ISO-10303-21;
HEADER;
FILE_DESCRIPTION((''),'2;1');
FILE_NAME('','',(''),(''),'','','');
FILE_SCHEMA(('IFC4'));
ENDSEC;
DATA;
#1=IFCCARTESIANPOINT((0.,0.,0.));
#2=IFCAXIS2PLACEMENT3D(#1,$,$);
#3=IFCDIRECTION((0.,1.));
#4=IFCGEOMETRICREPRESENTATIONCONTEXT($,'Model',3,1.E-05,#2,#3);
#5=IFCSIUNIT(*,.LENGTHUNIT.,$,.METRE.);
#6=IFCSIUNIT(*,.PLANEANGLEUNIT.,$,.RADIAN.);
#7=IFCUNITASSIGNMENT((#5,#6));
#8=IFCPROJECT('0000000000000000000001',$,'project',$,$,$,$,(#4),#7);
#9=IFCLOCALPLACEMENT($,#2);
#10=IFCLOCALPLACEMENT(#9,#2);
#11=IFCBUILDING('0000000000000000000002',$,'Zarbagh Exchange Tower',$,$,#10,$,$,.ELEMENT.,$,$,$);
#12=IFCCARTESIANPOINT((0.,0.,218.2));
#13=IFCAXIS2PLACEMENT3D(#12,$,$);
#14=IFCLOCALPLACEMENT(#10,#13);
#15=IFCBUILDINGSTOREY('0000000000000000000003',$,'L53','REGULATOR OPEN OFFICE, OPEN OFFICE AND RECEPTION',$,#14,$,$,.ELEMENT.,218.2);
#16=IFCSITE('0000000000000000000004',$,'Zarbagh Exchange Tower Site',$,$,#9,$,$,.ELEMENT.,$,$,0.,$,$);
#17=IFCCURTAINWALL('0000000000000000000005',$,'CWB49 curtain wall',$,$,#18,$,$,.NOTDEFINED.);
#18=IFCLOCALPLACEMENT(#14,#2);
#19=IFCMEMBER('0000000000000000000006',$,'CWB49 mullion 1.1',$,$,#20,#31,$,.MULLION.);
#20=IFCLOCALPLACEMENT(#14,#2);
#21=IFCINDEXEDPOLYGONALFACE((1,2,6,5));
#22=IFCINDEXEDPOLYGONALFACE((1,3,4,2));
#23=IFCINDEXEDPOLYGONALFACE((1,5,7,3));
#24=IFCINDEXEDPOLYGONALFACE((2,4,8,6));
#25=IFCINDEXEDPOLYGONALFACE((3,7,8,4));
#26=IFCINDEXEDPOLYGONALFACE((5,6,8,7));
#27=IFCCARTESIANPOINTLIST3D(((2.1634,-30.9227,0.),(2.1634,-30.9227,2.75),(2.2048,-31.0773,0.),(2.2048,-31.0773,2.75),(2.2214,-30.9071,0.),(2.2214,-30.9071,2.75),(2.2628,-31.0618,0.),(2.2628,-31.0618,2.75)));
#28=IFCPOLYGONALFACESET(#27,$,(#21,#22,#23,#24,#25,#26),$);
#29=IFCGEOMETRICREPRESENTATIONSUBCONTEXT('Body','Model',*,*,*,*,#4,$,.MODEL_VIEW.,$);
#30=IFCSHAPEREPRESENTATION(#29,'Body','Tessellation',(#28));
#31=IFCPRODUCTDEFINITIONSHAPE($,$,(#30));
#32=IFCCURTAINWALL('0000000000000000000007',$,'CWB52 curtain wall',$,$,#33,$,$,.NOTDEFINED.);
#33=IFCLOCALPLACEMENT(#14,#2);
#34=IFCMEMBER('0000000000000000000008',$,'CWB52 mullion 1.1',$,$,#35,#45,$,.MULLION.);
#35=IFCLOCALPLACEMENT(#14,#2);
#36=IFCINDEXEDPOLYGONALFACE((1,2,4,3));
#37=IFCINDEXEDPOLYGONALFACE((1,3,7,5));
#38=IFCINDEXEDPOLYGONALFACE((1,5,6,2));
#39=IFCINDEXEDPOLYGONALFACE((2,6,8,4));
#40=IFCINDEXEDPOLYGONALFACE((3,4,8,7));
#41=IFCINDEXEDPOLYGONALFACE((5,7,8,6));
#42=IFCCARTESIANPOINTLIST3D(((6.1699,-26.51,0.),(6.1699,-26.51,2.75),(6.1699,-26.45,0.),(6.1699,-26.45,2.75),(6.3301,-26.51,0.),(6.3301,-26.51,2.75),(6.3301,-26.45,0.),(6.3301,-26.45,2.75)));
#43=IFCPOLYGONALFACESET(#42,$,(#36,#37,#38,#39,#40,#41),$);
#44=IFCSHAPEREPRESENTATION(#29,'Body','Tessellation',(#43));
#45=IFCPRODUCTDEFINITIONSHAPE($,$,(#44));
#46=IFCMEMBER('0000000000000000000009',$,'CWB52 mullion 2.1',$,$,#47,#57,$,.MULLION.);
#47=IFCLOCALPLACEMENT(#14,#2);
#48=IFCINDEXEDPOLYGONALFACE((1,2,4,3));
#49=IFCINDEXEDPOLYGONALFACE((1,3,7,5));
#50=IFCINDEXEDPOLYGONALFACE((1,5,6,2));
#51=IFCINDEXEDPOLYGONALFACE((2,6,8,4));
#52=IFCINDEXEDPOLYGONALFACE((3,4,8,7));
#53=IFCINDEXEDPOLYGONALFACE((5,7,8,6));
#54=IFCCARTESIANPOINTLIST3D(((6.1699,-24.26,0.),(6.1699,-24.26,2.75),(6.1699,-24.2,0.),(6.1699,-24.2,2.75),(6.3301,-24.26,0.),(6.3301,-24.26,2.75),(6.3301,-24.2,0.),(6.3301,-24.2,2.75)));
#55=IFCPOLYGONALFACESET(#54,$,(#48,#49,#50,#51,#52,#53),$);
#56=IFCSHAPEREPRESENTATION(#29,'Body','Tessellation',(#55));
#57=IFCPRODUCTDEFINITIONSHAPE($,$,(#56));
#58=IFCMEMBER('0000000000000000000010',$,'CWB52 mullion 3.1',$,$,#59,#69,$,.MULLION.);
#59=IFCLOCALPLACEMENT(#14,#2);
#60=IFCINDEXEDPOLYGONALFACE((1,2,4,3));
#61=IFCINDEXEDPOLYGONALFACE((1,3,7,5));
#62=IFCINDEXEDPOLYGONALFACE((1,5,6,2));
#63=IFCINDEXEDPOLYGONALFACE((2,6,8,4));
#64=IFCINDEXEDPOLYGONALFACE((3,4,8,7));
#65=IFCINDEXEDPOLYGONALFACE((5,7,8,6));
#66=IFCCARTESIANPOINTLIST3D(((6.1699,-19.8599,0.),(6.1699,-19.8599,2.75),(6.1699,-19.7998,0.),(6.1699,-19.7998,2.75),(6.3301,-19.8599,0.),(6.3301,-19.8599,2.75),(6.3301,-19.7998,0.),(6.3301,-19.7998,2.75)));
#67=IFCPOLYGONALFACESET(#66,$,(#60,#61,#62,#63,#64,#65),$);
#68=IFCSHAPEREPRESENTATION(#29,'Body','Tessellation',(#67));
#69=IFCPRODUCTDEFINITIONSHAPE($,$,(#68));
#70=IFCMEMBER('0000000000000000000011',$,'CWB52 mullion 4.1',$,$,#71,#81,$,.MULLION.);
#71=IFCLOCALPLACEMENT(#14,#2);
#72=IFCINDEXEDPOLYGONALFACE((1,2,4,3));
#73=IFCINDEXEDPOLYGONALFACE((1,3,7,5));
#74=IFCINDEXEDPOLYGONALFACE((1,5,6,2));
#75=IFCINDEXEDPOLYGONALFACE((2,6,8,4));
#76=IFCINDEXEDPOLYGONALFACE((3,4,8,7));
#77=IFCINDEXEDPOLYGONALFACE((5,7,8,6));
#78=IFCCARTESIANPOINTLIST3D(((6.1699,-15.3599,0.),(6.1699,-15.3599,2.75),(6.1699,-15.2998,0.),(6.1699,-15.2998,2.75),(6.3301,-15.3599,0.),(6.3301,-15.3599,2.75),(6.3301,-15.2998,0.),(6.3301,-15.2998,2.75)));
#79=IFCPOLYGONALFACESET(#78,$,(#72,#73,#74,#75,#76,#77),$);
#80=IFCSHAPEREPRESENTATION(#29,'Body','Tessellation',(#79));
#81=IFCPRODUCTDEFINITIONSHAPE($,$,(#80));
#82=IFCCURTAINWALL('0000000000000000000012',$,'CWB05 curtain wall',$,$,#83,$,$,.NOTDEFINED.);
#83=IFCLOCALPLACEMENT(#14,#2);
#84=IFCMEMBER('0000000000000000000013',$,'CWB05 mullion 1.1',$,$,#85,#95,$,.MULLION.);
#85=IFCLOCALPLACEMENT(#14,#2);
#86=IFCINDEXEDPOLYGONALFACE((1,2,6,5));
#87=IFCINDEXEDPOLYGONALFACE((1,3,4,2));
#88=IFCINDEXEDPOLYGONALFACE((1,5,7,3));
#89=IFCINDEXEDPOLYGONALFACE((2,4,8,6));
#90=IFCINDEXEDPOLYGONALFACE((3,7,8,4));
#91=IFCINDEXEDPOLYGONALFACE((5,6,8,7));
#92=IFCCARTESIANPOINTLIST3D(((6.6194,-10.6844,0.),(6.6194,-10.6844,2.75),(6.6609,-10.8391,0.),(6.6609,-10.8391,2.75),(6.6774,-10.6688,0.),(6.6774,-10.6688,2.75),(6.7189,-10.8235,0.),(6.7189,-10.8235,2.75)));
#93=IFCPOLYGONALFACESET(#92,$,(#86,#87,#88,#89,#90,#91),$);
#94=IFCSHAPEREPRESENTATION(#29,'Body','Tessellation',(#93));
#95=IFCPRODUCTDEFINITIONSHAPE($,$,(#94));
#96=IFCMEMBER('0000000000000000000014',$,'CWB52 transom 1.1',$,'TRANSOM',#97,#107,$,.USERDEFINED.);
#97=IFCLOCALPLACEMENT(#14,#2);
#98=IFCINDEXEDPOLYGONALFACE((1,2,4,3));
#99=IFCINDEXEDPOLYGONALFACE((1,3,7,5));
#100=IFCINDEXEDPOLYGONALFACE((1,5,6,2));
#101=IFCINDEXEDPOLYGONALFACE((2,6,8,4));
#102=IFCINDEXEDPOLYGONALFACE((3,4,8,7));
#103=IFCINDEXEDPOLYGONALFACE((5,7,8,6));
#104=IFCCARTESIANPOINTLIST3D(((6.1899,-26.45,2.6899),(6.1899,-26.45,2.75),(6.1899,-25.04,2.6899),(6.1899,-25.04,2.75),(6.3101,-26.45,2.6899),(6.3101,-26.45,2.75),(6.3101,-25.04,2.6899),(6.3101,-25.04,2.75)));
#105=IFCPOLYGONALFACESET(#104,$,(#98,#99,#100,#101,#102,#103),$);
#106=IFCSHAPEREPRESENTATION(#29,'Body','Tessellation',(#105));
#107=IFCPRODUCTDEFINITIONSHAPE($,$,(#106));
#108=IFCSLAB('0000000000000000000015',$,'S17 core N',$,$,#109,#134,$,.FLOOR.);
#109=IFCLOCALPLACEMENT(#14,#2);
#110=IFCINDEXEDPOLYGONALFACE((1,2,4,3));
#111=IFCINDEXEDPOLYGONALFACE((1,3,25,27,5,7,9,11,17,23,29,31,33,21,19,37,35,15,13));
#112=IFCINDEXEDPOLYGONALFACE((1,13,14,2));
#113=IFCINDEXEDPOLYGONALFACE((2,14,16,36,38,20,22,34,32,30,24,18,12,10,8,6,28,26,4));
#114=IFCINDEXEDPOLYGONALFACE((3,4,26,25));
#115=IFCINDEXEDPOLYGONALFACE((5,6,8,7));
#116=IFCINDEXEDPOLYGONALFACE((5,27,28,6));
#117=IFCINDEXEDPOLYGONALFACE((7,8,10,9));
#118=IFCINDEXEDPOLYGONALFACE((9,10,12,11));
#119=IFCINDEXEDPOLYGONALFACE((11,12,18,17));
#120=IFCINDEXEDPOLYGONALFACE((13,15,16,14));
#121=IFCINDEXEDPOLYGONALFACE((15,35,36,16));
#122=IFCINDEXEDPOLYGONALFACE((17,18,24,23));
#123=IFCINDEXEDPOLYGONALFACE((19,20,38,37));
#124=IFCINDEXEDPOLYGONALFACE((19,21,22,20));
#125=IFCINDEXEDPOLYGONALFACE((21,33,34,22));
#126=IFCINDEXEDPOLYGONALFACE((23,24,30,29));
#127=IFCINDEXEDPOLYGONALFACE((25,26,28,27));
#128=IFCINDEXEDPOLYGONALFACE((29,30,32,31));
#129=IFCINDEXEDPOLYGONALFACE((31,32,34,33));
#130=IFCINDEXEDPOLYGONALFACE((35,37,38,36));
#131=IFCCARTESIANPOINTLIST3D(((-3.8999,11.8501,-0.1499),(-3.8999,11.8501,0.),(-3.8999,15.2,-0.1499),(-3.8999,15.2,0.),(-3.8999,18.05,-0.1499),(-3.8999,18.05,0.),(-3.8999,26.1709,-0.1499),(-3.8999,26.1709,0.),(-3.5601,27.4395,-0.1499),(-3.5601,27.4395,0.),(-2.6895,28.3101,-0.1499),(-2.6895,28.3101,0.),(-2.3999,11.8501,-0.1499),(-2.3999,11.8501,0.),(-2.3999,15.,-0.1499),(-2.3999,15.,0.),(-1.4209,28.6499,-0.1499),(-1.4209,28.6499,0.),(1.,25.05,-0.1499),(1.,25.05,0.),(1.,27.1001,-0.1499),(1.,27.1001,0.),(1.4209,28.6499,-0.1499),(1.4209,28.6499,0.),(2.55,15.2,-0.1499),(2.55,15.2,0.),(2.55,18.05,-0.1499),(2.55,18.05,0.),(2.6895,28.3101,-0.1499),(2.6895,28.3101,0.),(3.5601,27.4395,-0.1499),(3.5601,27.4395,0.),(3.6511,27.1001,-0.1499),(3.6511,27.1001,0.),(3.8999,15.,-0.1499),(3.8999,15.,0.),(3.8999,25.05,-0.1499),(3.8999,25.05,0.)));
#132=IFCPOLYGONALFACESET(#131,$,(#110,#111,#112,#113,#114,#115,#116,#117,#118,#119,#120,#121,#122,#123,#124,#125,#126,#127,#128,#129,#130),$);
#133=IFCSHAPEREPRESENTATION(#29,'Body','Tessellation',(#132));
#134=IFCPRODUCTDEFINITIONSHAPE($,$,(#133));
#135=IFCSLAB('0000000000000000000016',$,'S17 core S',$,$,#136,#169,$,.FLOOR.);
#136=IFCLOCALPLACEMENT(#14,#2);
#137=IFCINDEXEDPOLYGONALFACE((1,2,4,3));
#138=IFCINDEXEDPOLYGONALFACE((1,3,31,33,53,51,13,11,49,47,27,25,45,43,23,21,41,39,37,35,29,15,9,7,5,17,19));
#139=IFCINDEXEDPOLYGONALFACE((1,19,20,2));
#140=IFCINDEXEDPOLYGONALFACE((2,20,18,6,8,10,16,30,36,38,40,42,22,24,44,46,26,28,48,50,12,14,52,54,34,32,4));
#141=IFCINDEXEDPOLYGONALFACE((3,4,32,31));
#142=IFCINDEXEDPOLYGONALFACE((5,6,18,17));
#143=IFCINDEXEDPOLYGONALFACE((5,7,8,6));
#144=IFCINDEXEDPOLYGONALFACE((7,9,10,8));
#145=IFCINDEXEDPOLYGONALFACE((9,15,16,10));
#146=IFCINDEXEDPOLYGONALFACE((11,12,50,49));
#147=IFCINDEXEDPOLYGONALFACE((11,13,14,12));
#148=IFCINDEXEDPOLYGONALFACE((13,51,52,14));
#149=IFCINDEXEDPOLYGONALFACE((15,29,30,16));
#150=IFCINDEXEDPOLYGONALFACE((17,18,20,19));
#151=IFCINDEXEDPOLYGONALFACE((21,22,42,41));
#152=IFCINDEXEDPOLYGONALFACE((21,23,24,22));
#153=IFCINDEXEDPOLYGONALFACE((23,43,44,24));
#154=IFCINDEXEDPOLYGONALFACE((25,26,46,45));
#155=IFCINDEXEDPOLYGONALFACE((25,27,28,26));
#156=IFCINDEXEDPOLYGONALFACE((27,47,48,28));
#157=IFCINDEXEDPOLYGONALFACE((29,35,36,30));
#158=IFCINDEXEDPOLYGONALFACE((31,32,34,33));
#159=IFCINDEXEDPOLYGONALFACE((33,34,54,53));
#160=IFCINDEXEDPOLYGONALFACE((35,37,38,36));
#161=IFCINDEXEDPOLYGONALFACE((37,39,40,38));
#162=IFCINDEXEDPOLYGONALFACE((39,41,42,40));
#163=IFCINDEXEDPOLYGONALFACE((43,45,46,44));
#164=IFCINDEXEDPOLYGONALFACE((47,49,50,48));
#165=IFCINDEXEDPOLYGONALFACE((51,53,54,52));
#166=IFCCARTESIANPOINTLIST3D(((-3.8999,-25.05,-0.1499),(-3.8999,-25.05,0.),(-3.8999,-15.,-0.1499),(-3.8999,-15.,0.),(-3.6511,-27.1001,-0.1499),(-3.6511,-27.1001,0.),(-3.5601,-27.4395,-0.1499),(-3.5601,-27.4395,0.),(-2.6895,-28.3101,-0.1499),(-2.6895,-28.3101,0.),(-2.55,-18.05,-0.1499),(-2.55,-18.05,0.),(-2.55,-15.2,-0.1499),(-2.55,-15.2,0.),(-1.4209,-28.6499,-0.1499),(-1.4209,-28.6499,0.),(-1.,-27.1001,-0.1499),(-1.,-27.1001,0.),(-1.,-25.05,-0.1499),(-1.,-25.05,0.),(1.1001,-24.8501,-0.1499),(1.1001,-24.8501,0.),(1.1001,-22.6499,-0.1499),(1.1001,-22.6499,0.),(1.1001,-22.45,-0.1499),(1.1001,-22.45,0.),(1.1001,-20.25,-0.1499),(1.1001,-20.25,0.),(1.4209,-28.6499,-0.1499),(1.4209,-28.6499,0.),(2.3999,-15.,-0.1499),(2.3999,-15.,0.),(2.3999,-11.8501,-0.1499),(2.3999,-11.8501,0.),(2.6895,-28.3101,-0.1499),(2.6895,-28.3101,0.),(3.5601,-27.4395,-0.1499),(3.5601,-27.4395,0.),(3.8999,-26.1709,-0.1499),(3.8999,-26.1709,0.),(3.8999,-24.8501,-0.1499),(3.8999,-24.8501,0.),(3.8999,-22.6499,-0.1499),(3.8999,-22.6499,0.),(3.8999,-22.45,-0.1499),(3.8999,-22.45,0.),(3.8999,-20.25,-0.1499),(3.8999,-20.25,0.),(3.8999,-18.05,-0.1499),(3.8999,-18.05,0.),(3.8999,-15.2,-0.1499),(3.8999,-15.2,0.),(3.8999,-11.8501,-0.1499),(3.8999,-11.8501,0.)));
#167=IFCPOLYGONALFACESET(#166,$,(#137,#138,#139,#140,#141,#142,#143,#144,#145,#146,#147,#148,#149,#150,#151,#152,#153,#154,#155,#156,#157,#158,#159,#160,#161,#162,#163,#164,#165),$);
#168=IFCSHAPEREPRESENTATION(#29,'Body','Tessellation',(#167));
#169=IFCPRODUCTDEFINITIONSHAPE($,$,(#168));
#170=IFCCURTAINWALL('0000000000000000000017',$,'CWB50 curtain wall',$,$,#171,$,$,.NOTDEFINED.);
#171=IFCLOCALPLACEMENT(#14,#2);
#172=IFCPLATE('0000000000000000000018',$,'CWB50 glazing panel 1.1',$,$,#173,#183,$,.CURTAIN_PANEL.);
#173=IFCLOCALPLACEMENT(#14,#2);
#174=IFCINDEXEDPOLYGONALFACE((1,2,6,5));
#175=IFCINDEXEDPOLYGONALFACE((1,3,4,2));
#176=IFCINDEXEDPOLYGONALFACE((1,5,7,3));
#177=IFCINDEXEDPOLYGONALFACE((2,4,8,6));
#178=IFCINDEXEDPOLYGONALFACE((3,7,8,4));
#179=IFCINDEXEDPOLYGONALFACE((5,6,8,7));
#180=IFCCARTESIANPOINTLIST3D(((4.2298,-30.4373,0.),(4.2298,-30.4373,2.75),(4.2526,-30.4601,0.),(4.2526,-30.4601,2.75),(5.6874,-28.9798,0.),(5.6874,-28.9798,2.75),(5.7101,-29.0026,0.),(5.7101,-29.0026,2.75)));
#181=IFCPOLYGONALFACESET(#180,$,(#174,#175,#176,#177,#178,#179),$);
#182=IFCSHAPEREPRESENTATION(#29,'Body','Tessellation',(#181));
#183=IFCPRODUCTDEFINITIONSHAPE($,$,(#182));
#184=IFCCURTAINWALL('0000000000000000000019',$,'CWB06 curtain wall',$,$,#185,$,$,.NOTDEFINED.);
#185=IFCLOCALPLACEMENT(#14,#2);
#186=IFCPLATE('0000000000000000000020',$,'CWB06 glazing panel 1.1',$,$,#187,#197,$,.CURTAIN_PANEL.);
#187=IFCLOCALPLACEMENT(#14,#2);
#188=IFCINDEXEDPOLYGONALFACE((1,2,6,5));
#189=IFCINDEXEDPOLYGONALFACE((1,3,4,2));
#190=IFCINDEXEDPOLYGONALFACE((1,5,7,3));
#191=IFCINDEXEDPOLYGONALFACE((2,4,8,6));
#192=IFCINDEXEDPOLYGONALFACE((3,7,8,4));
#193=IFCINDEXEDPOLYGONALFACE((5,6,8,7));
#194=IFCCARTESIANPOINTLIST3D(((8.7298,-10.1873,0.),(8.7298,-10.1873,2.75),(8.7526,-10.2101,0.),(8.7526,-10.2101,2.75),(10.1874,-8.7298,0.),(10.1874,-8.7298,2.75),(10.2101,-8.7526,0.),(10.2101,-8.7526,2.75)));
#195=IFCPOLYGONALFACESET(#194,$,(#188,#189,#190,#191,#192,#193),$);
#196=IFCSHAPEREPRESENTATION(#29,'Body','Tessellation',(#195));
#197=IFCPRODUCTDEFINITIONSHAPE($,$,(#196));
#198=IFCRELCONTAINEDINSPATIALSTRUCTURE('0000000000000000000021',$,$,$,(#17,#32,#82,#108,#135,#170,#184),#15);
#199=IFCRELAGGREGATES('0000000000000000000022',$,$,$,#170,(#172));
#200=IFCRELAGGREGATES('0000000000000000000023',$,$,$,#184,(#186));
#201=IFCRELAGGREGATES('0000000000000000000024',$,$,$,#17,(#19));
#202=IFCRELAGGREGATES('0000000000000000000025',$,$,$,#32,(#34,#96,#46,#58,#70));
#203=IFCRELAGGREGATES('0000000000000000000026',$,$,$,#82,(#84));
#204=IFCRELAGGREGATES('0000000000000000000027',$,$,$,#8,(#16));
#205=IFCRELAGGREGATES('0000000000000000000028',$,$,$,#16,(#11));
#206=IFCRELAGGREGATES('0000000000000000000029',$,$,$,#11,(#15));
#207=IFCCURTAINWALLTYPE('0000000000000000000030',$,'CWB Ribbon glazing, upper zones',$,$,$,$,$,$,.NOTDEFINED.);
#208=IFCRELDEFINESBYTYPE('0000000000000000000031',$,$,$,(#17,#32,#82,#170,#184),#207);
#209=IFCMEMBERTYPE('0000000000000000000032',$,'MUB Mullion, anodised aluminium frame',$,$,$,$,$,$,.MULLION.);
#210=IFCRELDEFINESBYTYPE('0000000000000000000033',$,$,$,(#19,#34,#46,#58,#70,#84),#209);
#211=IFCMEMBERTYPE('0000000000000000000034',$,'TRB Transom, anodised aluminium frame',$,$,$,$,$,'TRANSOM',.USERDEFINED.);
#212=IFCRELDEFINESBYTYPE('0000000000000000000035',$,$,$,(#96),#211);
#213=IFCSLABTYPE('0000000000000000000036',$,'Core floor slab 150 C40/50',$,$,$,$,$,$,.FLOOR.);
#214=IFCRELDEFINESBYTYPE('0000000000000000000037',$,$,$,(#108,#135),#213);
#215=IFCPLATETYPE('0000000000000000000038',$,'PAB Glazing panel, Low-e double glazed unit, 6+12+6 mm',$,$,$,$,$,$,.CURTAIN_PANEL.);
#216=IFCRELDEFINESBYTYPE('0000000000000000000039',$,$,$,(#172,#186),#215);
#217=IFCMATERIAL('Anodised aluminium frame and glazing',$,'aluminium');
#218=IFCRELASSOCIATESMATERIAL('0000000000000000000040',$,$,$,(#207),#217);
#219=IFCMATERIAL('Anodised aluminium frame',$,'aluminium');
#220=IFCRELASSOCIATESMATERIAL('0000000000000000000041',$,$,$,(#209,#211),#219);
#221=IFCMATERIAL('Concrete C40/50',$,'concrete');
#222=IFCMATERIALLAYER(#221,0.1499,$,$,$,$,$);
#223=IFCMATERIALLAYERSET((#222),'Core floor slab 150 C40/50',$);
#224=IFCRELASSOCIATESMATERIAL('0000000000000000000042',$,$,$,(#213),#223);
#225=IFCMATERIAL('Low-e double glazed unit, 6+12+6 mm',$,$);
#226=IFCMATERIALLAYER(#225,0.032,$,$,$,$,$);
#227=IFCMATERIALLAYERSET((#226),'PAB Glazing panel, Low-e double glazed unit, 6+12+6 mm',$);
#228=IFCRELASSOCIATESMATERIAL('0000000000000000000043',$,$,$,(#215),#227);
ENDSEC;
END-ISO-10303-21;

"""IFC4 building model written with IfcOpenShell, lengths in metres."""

from ifc_helpers import new_model, si_unit, direction, frame, origin, place, context, subcontext, project, spatial, polyline, outline, extrude, source, transform, mapped, material, layer, layer_set, type_object, element, aggregate, save


model = new_model("IFC4")

# Units and contexts
model_context = context("Model", 3, precision=1e-05, world=origin(), true_north=direction((0.0, 1.0)))
body_context = subcontext(model_context, "Body", "Model", "MODEL_VIEW")
ifc_project = project(units=[si_unit("LENGTHUNIT", "METRE"), si_unit("PLANEANGLEUNIT", "RADIAN")], contexts=[model_context])

# Site, building, storey
site_placement = place(None, origin())
site = spatial("IfcSite", under=ifc_project, at=site_placement, Name="Zarbagh Exchange Tower Site", CompositionType="ELEMENT", RefElevation=0.0)
building_placement = place(site_placement, origin())
building = spatial("IfcBuilding", under=site, at=building_placement, Name="Zarbagh Exchange Tower", CompositionType="ELEMENT")
storey_placement = place(building_placement, frame((0.0, 0.0, 218.2)))
storey = spatial("IfcBuildingStorey", under=building, at=storey_placement, Name="L53", Description="REGULATOR OPEN OFFICE, OPEN OFFICE AND RECEPTION", CompositionType="ELEMENT", Elevation=218.2)

# Curtain wall, member
ifc_material_1 = material(Name="Anodised aluminium frame and glazing", Category="aluminium")
curtain_wall_type = type_object("IfcCurtainWallType", Name="CWB Ribbon glazing, upper zones", PredefinedType="NOTDEFINED", material=ifc_material_1)
curtain_wall_1_placement = place(storey_placement, origin())
curtain_wall_1 = element("IfcCurtainWall", 1, at=curtain_wall_1_placement, inside=storey, type_object=curtain_wall_type, Name="CWB49 curtain wall", PredefinedType="NOTDEFINED")
ifc_material_2 = material(Name="Anodised aluminium frame", Category="aluminium")
member_type_1 = type_object("IfcMemberType", Name="MUB Mullion, anodised aluminium frame", PredefinedType="MULLION", material=ifc_material_2)
shared_shape_1 = source(origin(), body_context, "Body", "SweptSolid", [
    extrude(outline(polyline([(0.0, -0.0801), (0.0601, -0.0801), (0.0601, 0.0801), (0.0, 0.0801), (0.0, -0.0801)])), origin(), (0.0, 0.0, 1.0), 2.75),
])
placement = place(storey_placement, origin())
member_1 = element("IfcMember", 2, at=placement, type_object=member_type_1, Name="CWB49 mullion 1.1", PredefinedType="MULLION", context=body_context, shape_type="MappedRepresentation", body=[
    mapped(shared_shape_1, transform((2.1841, -31.0, 0.0), x_axis=(0.965924, 0.258825, 0.0), y_axis=(-0.258825, 0.965924, 0.0), z_axis=(0.0, 0.0, 1.0))),
])

# Curtain wall, members
curtain_wall_2_placement = place(storey_placement, origin())
curtain_wall_2 = element("IfcCurtainWall", 3, at=curtain_wall_2_placement, inside=storey, type_object=curtain_wall_type, Name="CWB52 curtain wall", PredefinedType="NOTDEFINED")
member_2 = element("IfcMember", 4, at=placement, type_object=member_type_1, Name="CWB52 mullion 1.1", PredefinedType="MULLION", context=body_context, shape_type="MappedRepresentation", body=[
    mapped(shared_shape_1, transform((6.25, -26.51, 0.0), x_axis=(0.0, 1.0, 0.0), y_axis=(-1.0, 0.0, 0.0), z_axis=(0.0, 0.0, 1.0))),
])
member_3 = element("IfcMember", 5, at=placement, type_object=member_type_1, Name="CWB52 mullion 2.1", PredefinedType="MULLION", context=body_context, shape_type="MappedRepresentation", body=[
    mapped(shared_shape_1, transform((6.25, -24.26, 0.0), x_axis=(0.0, 1.0, 0.0), y_axis=(-1.0, 0.0, 0.0), z_axis=(0.0, 0.0, 1.0))),
])
member_4 = element("IfcMember", 6, at=placement, type_object=member_type_1, Name="CWB52 mullion 3.1", PredefinedType="MULLION", context=body_context, shape_type="MappedRepresentation", body=[
    mapped(shared_shape_1, transform((6.25, -19.8599, 0.0), x_axis=(0.0, 1.0, 0.0), y_axis=(-1.0, 0.0, 0.0), z_axis=(0.0, 0.0, 1.0))),
])
member_5 = element("IfcMember", 7, at=placement, type_object=member_type_1, Name="CWB52 mullion 4.1", PredefinedType="MULLION", context=body_context, shape_type="MappedRepresentation", body=[
    mapped(shared_shape_1, transform((6.25, -15.3599, 0.0), x_axis=(0.0, 1.0, 0.0), y_axis=(-1.0, 0.0, 0.0), z_axis=(0.0, 0.0, 1.0))),
])

# Curtain wall, member
curtain_wall_3_placement = place(storey_placement, origin())
curtain_wall_3 = element("IfcCurtainWall", 8, at=curtain_wall_3_placement, inside=storey, type_object=curtain_wall_type, Name="CWB05 curtain wall", PredefinedType="NOTDEFINED")
member_6 = element("IfcMember", 9, at=placement, type_object=member_type_1, Name="CWB05 mullion 1.1", PredefinedType="MULLION", context=body_context, shape_type="MappedRepresentation", body=[
    mapped(shared_shape_1, transform((6.6401, -10.7617, 0.0), x_axis=(0.965924, 0.258825, 0.0), y_axis=(-0.258825, 0.965924, 0.0), z_axis=(0.0, 0.0, 1.0))),
])

# Member
member_type_2 = type_object("IfcMemberType", Name="TRB Transom, anodised aluminium frame", ElementType="TRANSOM", PredefinedType="USERDEFINED", material=ifc_material_2)
shared_shape_2 = source(origin(), body_context, "Body", "SweptSolid", [
    extrude(outline(polyline([(-0.0601, -0.0601), (0.0, -0.0601), (0.0, 0.0601), (-0.0601, 0.0601), (-0.0601, -0.0601)])), origin(), (0.0, 0.0, 1.0), 1.4099),
])
member_7 = element("IfcMember", 10, at=placement, type_object=member_type_2, Name="CWB52 transom 1.1", ObjectType="TRANSOM", PredefinedType="USERDEFINED", context=body_context, shape_type="MappedRepresentation", body=[
    mapped(shared_shape_2, transform((6.25, -26.45, 2.75), x_axis=(0.0, 0.0, 1.0), y_axis=(1.0, 0.0, 0.0), z_axis=(0.0, 1.0, 0.0))),
])

# Slabs
ifc_material_3 = material(Name="Concrete C40/50", Category="concrete")
ifc_layer_1 = layer(ifc_material_3, 0.1499)
ifc_layer_set_1 = layer_set([ifc_layer_1], Name="Core floor slab 150 C40/50")
slab_type = type_object("IfcSlabType", Name="Core floor slab 150 C40/50", PredefinedType="FLOOR", material=ifc_layer_set_1)
slab_1_placement = place(storey_placement, frame((0.0, 0.0, -0.1499)))
element("IfcSlab", 11, at=slab_1_placement, inside=storey, type_object=slab_type, Name="S17 core N", PredefinedType="FLOOR", context=body_context, shape_type="SweptSolid", body=[
    extrude(outline(polyline([(-3.8999, 11.8501), (-3.8999, 15.2), (2.55, 15.2), (2.55, 18.05), (-3.8999, 18.05), (-3.8999, 26.1709), (-3.5601, 27.4395), (-2.6895, 28.3101), (-1.4209, 28.6499), (1.4209, 28.6499), (2.6895, 28.3101), (3.5601, 27.4395), (3.6511, 27.1001), (1.0, 27.1001), (1.0, 25.05), (3.8999, 25.05), (3.8999, 15.0), (-2.3999, 15.0), (-2.3999, 11.8501), (-3.8999, 11.8501)])), origin(), (0.0, 0.0, 1.0), 0.1499),
])
slab_2_placement = place(storey_placement, frame((0.0, 0.0, -0.1499)))
element("IfcSlab", 12, at=slab_2_placement, inside=storey, type_object=slab_type, Name="S17 core S", PredefinedType="FLOOR", context=body_context, shape_type="SweptSolid", body=[
    extrude(outline(polyline([(-2.6895, -28.3101), (-3.5601, -27.4395), (-3.6511, -27.1001), (-1.0, -27.1001), (-1.0, -25.05), (-3.8999, -25.05), (-3.8999, -15.0), (2.3999, -15.0), (2.3999, -11.8501), (3.8999, -11.8501), (3.8999, -15.2), (-2.55, -15.2), (-2.55, -18.05), (3.8999, -18.05), (3.8999, -20.25), (1.1001, -20.25), (1.1001, -22.45), (3.8999, -22.45), (3.8999, -22.6499), (1.1001, -22.6499), (1.1001, -24.8501), (3.8999, -24.8501), (3.8999, -26.1709), (3.5601, -27.4395), (2.6895, -28.3101), (1.4209, -28.6499), (-1.4209, -28.6499), (-2.6895, -28.3101)])), origin(), (0.0, 0.0, 1.0), 0.1499),
])

# Curtain walls, plates
curtain_wall_4_placement = place(storey_placement, origin())
curtain_wall_4 = element("IfcCurtainWall", 13, at=curtain_wall_4_placement, inside=storey, type_object=curtain_wall_type, Name="CWB50 curtain wall", PredefinedType="NOTDEFINED")
ifc_material_4 = material(Name="Low-e double glazed unit, 6+12+6 mm")
ifc_layer_2 = layer(ifc_material_4, 0.032)
ifc_layer_set_2 = layer_set([ifc_layer_2], Name="PAB Glazing panel, Low-e double glazed unit, 6+12+6 mm")
plate_type = type_object("IfcPlateType", Name="PAB Glazing panel, Low-e double glazed unit, 6+12+6 mm", PredefinedType="CURTAIN_PANEL", material=ifc_layer_set_2)
shared_shape_3 = source(origin(), body_context, "Body", "SweptSolid", [
    extrude(outline(polyline([(0.0, -0.0161), (2.0613, -0.0161), (2.0613, 0.0161), (0.0, 0.0161), (0.0, -0.0161)])), origin(), (0.0, 0.0, 1.0), 2.75),
])
plate_1 = element("IfcPlate", 14, at=placement, type_object=plate_type, Name="CWB50 glazing panel 1.1", PredefinedType="CURTAIN_PANEL", context=body_context, shape_type="MappedRepresentation", body=[
    mapped(shared_shape_3, transform((4.2412, -30.4487, 0.0), x_axis=(0.707107, 0.707107, 0.0), y_axis=(-0.707107, 0.707107, 0.0), z_axis=(0.0, 0.0, 1.0))),
])
aggregate(curtain_wall_4, [plate_1])
curtain_wall_5_placement = place(storey_placement, origin())
curtain_wall_5 = element("IfcCurtainWall", 15, at=curtain_wall_5_placement, inside=storey, type_object=curtain_wall_type, Name="CWB06 curtain wall", PredefinedType="NOTDEFINED")
plate_2 = element("IfcPlate", 16, at=placement, type_object=plate_type, Name="CWB06 glazing panel 1.1", PredefinedType="CURTAIN_PANEL", context=body_context, shape_type="MappedRepresentation", body=[
    mapped(shared_shape_3, transform((8.7412, -10.1987, 0.0), x_axis=(0.707107, 0.707107, 0.0), y_axis=(-0.707107, 0.707107, 0.0), z_axis=(0.0, 0.0, 1.0))),
])
aggregate(curtain_wall_5, [plate_2])

aggregate(curtain_wall_1, [member_1])

aggregate(curtain_wall_2, [member_2, member_7, member_3, member_4, member_5])
aggregate(curtain_wall_3, [member_6])

save(model, "model.ifc")
